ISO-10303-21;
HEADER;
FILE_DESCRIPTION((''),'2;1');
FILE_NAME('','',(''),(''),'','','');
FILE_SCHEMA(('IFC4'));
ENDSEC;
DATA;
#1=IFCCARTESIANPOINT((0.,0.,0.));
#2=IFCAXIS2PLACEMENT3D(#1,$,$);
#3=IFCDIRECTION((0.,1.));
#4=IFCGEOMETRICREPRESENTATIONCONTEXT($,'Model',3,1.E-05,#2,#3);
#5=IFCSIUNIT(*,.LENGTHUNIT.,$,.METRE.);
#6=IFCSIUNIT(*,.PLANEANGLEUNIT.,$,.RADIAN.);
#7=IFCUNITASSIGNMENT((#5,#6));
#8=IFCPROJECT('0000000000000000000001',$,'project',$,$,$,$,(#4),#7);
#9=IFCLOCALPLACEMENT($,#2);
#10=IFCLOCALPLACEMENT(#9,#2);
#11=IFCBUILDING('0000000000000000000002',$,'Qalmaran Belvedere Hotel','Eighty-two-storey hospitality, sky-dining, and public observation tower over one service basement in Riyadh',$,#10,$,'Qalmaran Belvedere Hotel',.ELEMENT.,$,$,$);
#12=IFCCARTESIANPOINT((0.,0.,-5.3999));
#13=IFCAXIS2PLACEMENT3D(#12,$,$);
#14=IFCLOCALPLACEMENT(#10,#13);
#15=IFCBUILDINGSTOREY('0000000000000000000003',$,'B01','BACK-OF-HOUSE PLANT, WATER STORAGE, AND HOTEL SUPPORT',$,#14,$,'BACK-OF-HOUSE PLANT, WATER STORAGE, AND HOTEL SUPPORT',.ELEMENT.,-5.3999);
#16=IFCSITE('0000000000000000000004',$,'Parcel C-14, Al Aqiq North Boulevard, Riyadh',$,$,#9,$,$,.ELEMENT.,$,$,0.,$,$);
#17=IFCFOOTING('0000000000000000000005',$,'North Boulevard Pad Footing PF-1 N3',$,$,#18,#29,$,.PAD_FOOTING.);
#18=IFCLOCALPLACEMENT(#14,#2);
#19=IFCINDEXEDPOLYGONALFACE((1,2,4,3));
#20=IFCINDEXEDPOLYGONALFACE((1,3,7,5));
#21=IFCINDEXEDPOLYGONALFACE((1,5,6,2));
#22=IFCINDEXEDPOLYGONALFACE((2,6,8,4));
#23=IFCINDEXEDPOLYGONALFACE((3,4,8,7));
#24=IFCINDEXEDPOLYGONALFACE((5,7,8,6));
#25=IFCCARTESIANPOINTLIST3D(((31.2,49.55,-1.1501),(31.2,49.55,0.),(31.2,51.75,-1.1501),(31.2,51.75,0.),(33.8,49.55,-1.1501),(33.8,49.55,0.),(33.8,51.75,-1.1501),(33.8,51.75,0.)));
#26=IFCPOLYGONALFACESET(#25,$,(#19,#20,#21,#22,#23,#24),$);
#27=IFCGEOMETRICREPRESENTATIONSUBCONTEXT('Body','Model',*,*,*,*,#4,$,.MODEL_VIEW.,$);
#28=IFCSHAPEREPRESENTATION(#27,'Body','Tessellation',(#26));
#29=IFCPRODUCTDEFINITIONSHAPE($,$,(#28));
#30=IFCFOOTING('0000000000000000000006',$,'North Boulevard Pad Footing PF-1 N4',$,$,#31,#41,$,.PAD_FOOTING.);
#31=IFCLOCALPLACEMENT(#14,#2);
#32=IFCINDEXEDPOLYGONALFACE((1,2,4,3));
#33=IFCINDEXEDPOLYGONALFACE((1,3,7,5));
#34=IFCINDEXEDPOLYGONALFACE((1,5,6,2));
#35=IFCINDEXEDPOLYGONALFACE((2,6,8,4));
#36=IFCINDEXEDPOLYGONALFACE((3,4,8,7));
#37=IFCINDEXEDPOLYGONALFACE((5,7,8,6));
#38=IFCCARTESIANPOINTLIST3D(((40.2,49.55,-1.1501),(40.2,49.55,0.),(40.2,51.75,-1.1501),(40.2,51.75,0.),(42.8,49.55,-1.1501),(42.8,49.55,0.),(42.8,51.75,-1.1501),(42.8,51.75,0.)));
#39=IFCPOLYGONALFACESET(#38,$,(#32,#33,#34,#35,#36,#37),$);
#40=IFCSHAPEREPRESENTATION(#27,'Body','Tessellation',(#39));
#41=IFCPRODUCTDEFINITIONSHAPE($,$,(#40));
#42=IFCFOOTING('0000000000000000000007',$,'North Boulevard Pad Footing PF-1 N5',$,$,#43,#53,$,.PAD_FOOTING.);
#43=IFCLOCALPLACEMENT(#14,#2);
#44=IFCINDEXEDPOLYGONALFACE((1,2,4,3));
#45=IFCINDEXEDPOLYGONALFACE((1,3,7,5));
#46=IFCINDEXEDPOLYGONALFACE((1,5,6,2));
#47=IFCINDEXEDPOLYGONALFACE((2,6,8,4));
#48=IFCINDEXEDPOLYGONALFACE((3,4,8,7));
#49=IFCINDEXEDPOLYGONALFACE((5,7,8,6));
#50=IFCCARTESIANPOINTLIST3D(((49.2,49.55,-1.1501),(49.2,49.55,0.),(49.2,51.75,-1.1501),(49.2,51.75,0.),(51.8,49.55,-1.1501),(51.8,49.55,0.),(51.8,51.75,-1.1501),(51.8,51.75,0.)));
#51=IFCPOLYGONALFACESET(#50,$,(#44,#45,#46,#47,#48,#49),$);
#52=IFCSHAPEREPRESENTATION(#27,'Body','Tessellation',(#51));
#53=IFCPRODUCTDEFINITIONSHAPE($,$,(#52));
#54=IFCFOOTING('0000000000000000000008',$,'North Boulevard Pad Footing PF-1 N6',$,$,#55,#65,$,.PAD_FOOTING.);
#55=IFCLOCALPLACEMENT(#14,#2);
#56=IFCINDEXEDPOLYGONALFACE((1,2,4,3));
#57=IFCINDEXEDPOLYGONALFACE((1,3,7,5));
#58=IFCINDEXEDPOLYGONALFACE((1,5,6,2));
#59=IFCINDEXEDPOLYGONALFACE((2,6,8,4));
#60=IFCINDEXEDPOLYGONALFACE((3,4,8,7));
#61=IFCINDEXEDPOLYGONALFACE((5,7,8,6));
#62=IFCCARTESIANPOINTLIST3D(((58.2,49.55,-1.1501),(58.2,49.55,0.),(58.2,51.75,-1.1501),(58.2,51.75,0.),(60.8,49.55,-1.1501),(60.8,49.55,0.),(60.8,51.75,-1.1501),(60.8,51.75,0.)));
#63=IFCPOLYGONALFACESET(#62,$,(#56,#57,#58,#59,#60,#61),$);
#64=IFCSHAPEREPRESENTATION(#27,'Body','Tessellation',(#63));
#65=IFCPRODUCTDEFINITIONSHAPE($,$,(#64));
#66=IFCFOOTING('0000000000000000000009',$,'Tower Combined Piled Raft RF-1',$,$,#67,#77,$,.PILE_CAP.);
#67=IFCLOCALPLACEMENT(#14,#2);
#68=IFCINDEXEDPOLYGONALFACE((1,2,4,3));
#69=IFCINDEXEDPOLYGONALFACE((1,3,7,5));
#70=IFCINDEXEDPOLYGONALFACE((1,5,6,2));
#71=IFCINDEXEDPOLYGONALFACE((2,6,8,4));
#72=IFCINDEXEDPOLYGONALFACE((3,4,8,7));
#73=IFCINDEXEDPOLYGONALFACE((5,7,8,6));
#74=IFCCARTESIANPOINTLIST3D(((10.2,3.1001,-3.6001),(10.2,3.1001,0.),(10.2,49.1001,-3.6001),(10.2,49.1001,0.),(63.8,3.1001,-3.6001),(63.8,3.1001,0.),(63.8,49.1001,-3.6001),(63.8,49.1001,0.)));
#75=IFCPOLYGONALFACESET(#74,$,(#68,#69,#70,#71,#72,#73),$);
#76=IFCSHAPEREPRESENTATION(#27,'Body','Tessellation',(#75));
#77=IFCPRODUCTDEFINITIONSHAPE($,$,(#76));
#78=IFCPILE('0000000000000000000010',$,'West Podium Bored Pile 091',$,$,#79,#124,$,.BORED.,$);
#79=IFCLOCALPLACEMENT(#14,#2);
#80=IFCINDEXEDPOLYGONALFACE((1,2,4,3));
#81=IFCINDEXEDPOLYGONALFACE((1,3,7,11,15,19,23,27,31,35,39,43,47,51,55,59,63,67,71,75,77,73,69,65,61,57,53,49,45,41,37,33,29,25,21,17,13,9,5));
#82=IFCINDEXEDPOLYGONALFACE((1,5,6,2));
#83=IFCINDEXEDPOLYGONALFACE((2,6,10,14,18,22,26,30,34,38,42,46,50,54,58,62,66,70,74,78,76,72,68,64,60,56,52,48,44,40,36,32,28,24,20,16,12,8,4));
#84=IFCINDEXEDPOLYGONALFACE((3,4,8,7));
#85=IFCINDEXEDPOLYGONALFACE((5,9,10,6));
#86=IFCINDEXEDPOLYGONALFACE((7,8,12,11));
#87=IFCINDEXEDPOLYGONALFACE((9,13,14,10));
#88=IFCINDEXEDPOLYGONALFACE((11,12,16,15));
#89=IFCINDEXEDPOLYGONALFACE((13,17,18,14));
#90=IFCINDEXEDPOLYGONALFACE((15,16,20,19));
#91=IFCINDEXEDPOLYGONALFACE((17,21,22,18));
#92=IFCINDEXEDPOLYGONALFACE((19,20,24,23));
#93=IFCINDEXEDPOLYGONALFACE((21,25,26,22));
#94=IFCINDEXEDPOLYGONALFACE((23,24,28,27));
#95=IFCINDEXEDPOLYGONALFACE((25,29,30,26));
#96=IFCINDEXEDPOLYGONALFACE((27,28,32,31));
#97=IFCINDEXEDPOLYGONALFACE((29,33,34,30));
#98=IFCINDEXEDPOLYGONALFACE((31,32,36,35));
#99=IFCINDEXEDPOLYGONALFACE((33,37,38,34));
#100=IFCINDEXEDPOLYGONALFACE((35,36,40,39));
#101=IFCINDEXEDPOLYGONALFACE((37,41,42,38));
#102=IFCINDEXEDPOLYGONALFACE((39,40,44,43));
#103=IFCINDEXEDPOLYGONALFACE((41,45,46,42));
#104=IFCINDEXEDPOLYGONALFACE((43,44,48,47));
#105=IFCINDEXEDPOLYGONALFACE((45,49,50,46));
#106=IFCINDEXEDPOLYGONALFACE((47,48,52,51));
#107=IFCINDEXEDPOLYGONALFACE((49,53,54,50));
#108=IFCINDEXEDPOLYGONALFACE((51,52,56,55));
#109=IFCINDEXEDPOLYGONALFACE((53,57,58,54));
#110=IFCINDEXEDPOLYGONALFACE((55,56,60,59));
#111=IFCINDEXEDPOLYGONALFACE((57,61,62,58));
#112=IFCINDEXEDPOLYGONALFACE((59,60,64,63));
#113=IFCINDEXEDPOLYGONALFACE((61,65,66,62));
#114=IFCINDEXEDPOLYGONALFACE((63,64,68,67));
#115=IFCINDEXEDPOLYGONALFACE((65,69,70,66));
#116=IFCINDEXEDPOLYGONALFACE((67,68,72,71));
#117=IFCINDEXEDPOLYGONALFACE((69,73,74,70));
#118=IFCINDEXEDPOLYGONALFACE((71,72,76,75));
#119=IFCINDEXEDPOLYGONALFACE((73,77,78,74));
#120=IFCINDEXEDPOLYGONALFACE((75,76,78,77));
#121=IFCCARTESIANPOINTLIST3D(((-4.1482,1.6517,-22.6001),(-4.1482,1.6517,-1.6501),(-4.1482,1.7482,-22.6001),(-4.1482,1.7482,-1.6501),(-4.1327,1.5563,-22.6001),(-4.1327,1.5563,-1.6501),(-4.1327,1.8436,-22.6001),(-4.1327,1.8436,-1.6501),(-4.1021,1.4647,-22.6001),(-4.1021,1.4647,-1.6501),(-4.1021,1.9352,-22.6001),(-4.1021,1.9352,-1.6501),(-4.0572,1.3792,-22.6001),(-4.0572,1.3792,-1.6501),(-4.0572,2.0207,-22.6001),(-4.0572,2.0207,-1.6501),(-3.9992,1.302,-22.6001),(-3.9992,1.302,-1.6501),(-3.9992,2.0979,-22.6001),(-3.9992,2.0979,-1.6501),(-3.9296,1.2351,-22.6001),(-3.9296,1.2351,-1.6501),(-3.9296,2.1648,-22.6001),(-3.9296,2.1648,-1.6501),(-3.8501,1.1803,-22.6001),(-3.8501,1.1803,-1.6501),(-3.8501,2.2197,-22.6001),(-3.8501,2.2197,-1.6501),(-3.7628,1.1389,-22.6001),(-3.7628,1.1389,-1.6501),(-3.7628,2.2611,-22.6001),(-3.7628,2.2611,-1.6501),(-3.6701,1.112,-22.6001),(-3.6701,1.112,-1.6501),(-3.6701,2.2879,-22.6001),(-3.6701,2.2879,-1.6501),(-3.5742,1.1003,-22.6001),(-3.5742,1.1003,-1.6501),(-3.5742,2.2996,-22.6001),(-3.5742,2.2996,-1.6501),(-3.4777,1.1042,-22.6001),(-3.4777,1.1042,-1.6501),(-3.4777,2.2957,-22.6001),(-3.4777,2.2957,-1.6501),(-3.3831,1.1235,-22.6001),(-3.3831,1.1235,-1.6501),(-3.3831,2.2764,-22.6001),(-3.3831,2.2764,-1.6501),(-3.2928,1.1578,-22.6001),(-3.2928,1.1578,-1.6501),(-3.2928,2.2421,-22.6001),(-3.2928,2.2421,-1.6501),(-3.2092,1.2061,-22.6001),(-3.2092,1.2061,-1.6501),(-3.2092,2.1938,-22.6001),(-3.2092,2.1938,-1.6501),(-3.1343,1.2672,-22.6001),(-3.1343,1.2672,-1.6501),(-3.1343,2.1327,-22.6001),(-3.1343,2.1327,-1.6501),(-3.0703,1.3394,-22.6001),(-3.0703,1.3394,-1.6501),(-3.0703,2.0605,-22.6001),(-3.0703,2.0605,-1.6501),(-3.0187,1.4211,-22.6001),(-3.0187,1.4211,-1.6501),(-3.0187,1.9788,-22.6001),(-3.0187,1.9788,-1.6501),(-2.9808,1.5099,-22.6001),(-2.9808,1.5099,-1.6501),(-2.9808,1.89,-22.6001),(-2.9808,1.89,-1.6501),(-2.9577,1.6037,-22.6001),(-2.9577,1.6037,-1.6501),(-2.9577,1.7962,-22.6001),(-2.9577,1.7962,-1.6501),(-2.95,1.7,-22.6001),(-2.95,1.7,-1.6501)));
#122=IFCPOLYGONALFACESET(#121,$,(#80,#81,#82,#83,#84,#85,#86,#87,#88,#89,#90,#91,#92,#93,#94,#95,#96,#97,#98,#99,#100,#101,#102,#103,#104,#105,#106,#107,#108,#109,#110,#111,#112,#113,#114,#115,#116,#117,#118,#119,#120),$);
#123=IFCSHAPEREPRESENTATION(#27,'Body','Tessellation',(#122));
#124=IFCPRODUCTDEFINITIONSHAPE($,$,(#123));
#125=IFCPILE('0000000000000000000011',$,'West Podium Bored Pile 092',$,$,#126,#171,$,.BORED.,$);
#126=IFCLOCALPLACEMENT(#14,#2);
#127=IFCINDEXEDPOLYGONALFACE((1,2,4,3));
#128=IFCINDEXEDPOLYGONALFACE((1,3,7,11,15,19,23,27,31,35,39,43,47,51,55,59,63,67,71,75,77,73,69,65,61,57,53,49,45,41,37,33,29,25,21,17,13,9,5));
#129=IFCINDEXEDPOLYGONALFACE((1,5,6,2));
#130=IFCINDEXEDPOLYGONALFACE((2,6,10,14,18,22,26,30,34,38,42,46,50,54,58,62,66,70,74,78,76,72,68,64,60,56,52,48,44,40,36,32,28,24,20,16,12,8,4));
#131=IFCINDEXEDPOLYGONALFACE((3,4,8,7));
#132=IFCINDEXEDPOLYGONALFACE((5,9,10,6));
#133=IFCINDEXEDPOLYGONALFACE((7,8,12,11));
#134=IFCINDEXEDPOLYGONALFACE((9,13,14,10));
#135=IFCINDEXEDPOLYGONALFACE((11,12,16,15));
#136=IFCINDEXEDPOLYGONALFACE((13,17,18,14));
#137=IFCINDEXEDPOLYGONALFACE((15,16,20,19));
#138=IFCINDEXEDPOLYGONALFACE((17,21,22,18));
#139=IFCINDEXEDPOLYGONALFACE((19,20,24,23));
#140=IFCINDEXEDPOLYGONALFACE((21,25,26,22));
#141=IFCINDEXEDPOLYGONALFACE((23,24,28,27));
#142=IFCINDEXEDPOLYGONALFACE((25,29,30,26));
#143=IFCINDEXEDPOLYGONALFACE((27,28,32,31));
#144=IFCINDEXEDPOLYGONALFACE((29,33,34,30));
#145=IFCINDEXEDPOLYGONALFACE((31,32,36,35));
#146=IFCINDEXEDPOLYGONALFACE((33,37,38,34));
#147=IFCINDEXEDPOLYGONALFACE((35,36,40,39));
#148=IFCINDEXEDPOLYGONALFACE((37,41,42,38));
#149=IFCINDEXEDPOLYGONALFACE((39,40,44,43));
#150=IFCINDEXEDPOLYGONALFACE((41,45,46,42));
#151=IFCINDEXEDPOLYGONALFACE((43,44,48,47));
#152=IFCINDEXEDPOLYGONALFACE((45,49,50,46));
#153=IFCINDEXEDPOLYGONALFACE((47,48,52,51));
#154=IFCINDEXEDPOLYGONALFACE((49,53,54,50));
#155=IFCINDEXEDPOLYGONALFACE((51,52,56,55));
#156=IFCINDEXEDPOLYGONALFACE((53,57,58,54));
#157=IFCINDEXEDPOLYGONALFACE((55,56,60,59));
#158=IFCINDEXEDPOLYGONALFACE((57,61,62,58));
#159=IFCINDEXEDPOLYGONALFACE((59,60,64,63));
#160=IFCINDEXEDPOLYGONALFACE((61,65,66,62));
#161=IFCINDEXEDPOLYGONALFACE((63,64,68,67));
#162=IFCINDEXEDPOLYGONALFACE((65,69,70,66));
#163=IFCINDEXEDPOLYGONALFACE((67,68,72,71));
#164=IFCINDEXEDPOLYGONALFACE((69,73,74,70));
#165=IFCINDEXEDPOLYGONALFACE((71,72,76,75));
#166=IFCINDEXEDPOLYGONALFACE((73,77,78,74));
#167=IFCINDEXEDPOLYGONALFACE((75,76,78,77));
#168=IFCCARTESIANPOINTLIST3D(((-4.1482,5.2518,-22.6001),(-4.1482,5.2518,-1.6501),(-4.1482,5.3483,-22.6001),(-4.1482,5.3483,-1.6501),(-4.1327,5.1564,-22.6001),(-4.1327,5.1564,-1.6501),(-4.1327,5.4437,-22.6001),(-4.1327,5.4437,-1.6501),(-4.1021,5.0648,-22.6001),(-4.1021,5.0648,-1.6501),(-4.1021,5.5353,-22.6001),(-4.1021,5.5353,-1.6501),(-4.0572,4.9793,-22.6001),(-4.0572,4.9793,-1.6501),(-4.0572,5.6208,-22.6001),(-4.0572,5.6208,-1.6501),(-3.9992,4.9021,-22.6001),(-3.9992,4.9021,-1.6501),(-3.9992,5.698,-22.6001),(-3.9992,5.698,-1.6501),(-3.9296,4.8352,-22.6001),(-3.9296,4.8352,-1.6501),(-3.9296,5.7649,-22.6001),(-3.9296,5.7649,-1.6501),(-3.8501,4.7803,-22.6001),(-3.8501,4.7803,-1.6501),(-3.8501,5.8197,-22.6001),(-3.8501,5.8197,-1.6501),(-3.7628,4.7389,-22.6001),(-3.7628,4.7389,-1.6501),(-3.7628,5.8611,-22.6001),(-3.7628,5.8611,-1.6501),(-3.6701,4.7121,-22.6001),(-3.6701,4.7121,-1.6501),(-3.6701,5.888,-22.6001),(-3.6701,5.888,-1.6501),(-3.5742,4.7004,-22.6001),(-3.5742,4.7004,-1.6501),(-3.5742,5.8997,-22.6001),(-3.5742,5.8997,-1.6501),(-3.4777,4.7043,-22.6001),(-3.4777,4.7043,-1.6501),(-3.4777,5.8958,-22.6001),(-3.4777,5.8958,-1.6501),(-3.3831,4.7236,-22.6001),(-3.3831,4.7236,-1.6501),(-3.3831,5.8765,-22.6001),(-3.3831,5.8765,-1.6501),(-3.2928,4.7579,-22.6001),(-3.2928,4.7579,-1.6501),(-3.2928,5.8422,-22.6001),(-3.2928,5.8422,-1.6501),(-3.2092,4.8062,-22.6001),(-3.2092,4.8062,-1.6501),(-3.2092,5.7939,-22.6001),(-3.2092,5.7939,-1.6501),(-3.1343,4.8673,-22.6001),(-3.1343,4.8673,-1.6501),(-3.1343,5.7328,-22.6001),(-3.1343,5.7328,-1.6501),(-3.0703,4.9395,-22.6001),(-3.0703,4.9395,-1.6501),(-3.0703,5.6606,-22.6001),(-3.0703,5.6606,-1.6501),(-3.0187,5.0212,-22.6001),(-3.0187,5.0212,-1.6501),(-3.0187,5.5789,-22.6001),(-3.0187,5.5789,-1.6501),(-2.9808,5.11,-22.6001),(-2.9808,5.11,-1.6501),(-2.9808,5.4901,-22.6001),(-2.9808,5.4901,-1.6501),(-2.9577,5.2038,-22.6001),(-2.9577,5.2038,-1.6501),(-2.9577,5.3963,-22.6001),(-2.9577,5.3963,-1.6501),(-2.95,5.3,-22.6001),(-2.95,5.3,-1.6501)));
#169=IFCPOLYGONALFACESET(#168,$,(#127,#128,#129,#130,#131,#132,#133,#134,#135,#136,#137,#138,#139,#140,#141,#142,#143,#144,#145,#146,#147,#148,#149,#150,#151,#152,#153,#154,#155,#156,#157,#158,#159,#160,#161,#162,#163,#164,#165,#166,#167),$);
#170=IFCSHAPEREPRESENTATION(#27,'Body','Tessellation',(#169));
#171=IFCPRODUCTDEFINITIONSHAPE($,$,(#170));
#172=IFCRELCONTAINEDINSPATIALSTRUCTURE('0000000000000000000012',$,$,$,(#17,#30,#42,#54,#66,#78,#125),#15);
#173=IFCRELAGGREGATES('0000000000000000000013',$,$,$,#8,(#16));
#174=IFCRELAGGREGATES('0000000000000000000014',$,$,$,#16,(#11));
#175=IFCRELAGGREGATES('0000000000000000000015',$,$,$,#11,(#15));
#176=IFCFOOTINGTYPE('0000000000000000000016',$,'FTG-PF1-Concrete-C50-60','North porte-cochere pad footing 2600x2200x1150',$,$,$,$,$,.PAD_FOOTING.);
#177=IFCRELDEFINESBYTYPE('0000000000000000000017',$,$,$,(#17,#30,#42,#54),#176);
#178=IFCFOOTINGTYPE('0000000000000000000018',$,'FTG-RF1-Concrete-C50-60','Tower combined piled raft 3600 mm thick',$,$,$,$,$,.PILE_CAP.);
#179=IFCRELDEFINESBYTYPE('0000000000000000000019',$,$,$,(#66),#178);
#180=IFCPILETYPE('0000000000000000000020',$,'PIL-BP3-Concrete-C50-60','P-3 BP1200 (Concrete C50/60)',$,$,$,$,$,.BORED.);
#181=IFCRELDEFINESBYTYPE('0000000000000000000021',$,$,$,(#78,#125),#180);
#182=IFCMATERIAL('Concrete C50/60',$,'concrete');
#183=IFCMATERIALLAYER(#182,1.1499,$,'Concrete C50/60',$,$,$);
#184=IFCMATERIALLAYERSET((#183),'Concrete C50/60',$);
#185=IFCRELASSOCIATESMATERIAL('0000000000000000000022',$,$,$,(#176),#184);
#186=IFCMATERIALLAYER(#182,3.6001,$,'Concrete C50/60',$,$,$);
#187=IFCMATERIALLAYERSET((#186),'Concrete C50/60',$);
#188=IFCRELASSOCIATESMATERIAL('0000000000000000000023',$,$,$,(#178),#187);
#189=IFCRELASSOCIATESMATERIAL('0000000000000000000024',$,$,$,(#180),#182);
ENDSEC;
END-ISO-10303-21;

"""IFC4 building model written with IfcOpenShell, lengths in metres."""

from ifc_helpers import new_model, si_unit, direction, frame, origin, origin_2d, place, context, subcontext, project, spatial, polyline, circle, outline, extrude, material, layer, layer_set, material_profile, profile_set, type_object, element, save


model = new_model("IFC4")

# Units and contexts
model_context = context("Model", 3, precision=1e-05, world=origin(), true_north=direction((0.0, 1.0)))
body_context = subcontext(model_context, "Body", "Model", "MODEL_VIEW")
ifc_project = project(units=[si_unit("LENGTHUNIT", "METRE"), si_unit("PLANEANGLEUNIT", "RADIAN")], contexts=[model_context])

# Site, building, storey
site_placement = place(None, origin())
site = spatial("IfcSite", under=ifc_project, at=site_placement, Name="Parcel C-14, Al Aqiq North Boulevard, Riyadh", CompositionType="ELEMENT", RefElevation=0.0)
building_placement = place(site_placement, origin())
building = spatial("IfcBuilding", under=site, at=building_placement, Name="Qalmaran Belvedere Hotel", Description="Eighty-two-storey hospitality, sky-dining, and public observation tower over one service basement in Riyadh", LongName="Qalmaran Belvedere Hotel", CompositionType="ELEMENT")
storey_placement = place(building_placement, frame((0.0, 0.0, -5.3999)))
storey = spatial("IfcBuildingStorey", under=building, at=storey_placement, Name="B01", Description="BACK-OF-HOUSE PLANT, WATER STORAGE, AND HOTEL SUPPORT", LongName="BACK-OF-HOUSE PLANT, WATER STORAGE, AND HOTEL SUPPORT", CompositionType="ELEMENT", Elevation=-5.3999)

# Footings
ifc_material_1 = material(Name="Concrete C50/60", Category="concrete")
ifc_layer_1 = layer(ifc_material_1, 1.1499, Name="Concrete C50/60")
ifc_layer_set_1 = layer_set([ifc_layer_1], Name="Concrete C50/60")
footing_type_1 = type_object("IfcFootingType", Name="FTG-PF1-Concrete-C50-60", Description="North porte-cochere pad footing 2600x2200x1150", PredefinedType="PAD_FOOTING", material=ifc_layer_set_1)
footing_1_placement = place(storey_placement, frame((0.0, 0.0, -1.1501)))
element("IfcFooting", 1, at=footing_1_placement, inside=storey, type_object=footing_type_1, Name="North Boulevard Pad Footing PF-1 N3", PredefinedType="PAD_FOOTING", context=body_context, shape_type="SweptSolid", body=[
    extrude(outline(polyline([(31.2, 49.55), (33.8, 49.55), (33.8, 51.75), (31.2, 51.75), (31.2, 49.55)])), origin(), (0.0, 0.0, 1.0), 1.1501),
])
footing_2_placement = place(storey_placement, frame((0.0, 0.0, -1.1501)))
element("IfcFooting", 2, at=footing_2_placement, inside=storey, type_object=footing_type_1, Name="North Boulevard Pad Footing PF-1 N4", PredefinedType="PAD_FOOTING", context=body_context, shape_type="SweptSolid", body=[
    extrude(outline(polyline([(40.2, 49.55), (42.8, 49.55), (42.8, 51.75), (40.2, 51.75), (40.2, 49.55)])), origin(), (0.0, 0.0, 1.0), 1.1501),
])
footing_3_placement = place(storey_placement, frame((0.0, 0.0, -1.1501)))
element("IfcFooting", 3, at=footing_3_placement, inside=storey, type_object=footing_type_1, Name="North Boulevard Pad Footing PF-1 N5", PredefinedType="PAD_FOOTING", context=body_context, shape_type="SweptSolid", body=[
    extrude(outline(polyline([(49.2, 49.55), (51.8, 49.55), (51.8, 51.75), (49.2, 51.75), (49.2, 49.55)])), origin(), (0.0, 0.0, 1.0), 1.1501),
])
footing_4_placement = place(storey_placement, frame((0.0, 0.0, -1.1501)))
element("IfcFooting", 4, at=footing_4_placement, inside=storey, type_object=footing_type_1, Name="North Boulevard Pad Footing PF-1 N6", PredefinedType="PAD_FOOTING", context=body_context, shape_type="SweptSolid", body=[
    extrude(outline(polyline([(58.2, 49.55), (60.8, 49.55), (60.8, 51.75), (58.2, 51.75), (58.2, 49.55)])), origin(), (0.0, 0.0, 1.0), 1.1501),
])
ifc_layer_2 = layer(ifc_material_1, 3.6001, Name="Concrete C50/60")
ifc_layer_set_2 = layer_set([ifc_layer_2], Name="Concrete C50/60")
footing_type_2 = type_object("IfcFootingType", Name="FTG-RF1-Concrete-C50-60", Description="Tower combined piled raft 3600 mm thick", PredefinedType="PILE_CAP", material=ifc_layer_set_2)
footing_5_placement = place(storey_placement, frame((0.0, 0.0, -3.6001)))
element("IfcFooting", 5, at=footing_5_placement, inside=storey, type_object=footing_type_2, Name="Tower Combined Piled Raft RF-1", PredefinedType="PILE_CAP", context=body_context, shape_type="SweptSolid", body=[
    extrude(outline(polyline([(10.2, 3.1001), (63.8, 3.1001), (63.8, 49.1001), (10.2, 49.1001), (10.2, 3.1001)])), origin(), (0.0, 0.0, 1.0), 3.6001),
])

# Piles
ifc_material_profile_1 = material_profile(ifc_material_1, circle(Radius=0.6001, at=origin_2d()), Name="BP1200")
ifc_profile_set_1 = profile_set([ifc_material_profile_1], Name="Concrete C50/60")
pile_type = type_object("IfcPileType", Name="PIL-BP3-Concrete-C50-60", Description="P-3 BP1200 (Concrete C50/60)", PredefinedType="BORED", material=ifc_profile_set_1)
for number, where, z_axis, x_axis, name in (
    (6, (-3.55, 1.7, -1.6501), (0.0, 0.0, -1.0), (1.0, 0.0, 0.0), "West Podium Bored Pile 091"),
    (7, (-3.55, 5.3, -1.6501), (0.0, 0.0, -1.0), (1.0, 0.0, 0.0), "West Podium Bored Pile 092"),
):
    element("IfcPile", number, at=place(storey_placement, frame(where, z_axis=z_axis, x_axis=x_axis)), inside=storey, type_object=pile_type, Name=name, PredefinedType="BORED", context=body_context, shape_type="SweptSolid", body=[
        extrude(circle(Radius=0.6001, at=origin_2d()), origin(), (0.0, 0.0, 1.0), 20.95),
    ])

save(model, "model.ifc")
